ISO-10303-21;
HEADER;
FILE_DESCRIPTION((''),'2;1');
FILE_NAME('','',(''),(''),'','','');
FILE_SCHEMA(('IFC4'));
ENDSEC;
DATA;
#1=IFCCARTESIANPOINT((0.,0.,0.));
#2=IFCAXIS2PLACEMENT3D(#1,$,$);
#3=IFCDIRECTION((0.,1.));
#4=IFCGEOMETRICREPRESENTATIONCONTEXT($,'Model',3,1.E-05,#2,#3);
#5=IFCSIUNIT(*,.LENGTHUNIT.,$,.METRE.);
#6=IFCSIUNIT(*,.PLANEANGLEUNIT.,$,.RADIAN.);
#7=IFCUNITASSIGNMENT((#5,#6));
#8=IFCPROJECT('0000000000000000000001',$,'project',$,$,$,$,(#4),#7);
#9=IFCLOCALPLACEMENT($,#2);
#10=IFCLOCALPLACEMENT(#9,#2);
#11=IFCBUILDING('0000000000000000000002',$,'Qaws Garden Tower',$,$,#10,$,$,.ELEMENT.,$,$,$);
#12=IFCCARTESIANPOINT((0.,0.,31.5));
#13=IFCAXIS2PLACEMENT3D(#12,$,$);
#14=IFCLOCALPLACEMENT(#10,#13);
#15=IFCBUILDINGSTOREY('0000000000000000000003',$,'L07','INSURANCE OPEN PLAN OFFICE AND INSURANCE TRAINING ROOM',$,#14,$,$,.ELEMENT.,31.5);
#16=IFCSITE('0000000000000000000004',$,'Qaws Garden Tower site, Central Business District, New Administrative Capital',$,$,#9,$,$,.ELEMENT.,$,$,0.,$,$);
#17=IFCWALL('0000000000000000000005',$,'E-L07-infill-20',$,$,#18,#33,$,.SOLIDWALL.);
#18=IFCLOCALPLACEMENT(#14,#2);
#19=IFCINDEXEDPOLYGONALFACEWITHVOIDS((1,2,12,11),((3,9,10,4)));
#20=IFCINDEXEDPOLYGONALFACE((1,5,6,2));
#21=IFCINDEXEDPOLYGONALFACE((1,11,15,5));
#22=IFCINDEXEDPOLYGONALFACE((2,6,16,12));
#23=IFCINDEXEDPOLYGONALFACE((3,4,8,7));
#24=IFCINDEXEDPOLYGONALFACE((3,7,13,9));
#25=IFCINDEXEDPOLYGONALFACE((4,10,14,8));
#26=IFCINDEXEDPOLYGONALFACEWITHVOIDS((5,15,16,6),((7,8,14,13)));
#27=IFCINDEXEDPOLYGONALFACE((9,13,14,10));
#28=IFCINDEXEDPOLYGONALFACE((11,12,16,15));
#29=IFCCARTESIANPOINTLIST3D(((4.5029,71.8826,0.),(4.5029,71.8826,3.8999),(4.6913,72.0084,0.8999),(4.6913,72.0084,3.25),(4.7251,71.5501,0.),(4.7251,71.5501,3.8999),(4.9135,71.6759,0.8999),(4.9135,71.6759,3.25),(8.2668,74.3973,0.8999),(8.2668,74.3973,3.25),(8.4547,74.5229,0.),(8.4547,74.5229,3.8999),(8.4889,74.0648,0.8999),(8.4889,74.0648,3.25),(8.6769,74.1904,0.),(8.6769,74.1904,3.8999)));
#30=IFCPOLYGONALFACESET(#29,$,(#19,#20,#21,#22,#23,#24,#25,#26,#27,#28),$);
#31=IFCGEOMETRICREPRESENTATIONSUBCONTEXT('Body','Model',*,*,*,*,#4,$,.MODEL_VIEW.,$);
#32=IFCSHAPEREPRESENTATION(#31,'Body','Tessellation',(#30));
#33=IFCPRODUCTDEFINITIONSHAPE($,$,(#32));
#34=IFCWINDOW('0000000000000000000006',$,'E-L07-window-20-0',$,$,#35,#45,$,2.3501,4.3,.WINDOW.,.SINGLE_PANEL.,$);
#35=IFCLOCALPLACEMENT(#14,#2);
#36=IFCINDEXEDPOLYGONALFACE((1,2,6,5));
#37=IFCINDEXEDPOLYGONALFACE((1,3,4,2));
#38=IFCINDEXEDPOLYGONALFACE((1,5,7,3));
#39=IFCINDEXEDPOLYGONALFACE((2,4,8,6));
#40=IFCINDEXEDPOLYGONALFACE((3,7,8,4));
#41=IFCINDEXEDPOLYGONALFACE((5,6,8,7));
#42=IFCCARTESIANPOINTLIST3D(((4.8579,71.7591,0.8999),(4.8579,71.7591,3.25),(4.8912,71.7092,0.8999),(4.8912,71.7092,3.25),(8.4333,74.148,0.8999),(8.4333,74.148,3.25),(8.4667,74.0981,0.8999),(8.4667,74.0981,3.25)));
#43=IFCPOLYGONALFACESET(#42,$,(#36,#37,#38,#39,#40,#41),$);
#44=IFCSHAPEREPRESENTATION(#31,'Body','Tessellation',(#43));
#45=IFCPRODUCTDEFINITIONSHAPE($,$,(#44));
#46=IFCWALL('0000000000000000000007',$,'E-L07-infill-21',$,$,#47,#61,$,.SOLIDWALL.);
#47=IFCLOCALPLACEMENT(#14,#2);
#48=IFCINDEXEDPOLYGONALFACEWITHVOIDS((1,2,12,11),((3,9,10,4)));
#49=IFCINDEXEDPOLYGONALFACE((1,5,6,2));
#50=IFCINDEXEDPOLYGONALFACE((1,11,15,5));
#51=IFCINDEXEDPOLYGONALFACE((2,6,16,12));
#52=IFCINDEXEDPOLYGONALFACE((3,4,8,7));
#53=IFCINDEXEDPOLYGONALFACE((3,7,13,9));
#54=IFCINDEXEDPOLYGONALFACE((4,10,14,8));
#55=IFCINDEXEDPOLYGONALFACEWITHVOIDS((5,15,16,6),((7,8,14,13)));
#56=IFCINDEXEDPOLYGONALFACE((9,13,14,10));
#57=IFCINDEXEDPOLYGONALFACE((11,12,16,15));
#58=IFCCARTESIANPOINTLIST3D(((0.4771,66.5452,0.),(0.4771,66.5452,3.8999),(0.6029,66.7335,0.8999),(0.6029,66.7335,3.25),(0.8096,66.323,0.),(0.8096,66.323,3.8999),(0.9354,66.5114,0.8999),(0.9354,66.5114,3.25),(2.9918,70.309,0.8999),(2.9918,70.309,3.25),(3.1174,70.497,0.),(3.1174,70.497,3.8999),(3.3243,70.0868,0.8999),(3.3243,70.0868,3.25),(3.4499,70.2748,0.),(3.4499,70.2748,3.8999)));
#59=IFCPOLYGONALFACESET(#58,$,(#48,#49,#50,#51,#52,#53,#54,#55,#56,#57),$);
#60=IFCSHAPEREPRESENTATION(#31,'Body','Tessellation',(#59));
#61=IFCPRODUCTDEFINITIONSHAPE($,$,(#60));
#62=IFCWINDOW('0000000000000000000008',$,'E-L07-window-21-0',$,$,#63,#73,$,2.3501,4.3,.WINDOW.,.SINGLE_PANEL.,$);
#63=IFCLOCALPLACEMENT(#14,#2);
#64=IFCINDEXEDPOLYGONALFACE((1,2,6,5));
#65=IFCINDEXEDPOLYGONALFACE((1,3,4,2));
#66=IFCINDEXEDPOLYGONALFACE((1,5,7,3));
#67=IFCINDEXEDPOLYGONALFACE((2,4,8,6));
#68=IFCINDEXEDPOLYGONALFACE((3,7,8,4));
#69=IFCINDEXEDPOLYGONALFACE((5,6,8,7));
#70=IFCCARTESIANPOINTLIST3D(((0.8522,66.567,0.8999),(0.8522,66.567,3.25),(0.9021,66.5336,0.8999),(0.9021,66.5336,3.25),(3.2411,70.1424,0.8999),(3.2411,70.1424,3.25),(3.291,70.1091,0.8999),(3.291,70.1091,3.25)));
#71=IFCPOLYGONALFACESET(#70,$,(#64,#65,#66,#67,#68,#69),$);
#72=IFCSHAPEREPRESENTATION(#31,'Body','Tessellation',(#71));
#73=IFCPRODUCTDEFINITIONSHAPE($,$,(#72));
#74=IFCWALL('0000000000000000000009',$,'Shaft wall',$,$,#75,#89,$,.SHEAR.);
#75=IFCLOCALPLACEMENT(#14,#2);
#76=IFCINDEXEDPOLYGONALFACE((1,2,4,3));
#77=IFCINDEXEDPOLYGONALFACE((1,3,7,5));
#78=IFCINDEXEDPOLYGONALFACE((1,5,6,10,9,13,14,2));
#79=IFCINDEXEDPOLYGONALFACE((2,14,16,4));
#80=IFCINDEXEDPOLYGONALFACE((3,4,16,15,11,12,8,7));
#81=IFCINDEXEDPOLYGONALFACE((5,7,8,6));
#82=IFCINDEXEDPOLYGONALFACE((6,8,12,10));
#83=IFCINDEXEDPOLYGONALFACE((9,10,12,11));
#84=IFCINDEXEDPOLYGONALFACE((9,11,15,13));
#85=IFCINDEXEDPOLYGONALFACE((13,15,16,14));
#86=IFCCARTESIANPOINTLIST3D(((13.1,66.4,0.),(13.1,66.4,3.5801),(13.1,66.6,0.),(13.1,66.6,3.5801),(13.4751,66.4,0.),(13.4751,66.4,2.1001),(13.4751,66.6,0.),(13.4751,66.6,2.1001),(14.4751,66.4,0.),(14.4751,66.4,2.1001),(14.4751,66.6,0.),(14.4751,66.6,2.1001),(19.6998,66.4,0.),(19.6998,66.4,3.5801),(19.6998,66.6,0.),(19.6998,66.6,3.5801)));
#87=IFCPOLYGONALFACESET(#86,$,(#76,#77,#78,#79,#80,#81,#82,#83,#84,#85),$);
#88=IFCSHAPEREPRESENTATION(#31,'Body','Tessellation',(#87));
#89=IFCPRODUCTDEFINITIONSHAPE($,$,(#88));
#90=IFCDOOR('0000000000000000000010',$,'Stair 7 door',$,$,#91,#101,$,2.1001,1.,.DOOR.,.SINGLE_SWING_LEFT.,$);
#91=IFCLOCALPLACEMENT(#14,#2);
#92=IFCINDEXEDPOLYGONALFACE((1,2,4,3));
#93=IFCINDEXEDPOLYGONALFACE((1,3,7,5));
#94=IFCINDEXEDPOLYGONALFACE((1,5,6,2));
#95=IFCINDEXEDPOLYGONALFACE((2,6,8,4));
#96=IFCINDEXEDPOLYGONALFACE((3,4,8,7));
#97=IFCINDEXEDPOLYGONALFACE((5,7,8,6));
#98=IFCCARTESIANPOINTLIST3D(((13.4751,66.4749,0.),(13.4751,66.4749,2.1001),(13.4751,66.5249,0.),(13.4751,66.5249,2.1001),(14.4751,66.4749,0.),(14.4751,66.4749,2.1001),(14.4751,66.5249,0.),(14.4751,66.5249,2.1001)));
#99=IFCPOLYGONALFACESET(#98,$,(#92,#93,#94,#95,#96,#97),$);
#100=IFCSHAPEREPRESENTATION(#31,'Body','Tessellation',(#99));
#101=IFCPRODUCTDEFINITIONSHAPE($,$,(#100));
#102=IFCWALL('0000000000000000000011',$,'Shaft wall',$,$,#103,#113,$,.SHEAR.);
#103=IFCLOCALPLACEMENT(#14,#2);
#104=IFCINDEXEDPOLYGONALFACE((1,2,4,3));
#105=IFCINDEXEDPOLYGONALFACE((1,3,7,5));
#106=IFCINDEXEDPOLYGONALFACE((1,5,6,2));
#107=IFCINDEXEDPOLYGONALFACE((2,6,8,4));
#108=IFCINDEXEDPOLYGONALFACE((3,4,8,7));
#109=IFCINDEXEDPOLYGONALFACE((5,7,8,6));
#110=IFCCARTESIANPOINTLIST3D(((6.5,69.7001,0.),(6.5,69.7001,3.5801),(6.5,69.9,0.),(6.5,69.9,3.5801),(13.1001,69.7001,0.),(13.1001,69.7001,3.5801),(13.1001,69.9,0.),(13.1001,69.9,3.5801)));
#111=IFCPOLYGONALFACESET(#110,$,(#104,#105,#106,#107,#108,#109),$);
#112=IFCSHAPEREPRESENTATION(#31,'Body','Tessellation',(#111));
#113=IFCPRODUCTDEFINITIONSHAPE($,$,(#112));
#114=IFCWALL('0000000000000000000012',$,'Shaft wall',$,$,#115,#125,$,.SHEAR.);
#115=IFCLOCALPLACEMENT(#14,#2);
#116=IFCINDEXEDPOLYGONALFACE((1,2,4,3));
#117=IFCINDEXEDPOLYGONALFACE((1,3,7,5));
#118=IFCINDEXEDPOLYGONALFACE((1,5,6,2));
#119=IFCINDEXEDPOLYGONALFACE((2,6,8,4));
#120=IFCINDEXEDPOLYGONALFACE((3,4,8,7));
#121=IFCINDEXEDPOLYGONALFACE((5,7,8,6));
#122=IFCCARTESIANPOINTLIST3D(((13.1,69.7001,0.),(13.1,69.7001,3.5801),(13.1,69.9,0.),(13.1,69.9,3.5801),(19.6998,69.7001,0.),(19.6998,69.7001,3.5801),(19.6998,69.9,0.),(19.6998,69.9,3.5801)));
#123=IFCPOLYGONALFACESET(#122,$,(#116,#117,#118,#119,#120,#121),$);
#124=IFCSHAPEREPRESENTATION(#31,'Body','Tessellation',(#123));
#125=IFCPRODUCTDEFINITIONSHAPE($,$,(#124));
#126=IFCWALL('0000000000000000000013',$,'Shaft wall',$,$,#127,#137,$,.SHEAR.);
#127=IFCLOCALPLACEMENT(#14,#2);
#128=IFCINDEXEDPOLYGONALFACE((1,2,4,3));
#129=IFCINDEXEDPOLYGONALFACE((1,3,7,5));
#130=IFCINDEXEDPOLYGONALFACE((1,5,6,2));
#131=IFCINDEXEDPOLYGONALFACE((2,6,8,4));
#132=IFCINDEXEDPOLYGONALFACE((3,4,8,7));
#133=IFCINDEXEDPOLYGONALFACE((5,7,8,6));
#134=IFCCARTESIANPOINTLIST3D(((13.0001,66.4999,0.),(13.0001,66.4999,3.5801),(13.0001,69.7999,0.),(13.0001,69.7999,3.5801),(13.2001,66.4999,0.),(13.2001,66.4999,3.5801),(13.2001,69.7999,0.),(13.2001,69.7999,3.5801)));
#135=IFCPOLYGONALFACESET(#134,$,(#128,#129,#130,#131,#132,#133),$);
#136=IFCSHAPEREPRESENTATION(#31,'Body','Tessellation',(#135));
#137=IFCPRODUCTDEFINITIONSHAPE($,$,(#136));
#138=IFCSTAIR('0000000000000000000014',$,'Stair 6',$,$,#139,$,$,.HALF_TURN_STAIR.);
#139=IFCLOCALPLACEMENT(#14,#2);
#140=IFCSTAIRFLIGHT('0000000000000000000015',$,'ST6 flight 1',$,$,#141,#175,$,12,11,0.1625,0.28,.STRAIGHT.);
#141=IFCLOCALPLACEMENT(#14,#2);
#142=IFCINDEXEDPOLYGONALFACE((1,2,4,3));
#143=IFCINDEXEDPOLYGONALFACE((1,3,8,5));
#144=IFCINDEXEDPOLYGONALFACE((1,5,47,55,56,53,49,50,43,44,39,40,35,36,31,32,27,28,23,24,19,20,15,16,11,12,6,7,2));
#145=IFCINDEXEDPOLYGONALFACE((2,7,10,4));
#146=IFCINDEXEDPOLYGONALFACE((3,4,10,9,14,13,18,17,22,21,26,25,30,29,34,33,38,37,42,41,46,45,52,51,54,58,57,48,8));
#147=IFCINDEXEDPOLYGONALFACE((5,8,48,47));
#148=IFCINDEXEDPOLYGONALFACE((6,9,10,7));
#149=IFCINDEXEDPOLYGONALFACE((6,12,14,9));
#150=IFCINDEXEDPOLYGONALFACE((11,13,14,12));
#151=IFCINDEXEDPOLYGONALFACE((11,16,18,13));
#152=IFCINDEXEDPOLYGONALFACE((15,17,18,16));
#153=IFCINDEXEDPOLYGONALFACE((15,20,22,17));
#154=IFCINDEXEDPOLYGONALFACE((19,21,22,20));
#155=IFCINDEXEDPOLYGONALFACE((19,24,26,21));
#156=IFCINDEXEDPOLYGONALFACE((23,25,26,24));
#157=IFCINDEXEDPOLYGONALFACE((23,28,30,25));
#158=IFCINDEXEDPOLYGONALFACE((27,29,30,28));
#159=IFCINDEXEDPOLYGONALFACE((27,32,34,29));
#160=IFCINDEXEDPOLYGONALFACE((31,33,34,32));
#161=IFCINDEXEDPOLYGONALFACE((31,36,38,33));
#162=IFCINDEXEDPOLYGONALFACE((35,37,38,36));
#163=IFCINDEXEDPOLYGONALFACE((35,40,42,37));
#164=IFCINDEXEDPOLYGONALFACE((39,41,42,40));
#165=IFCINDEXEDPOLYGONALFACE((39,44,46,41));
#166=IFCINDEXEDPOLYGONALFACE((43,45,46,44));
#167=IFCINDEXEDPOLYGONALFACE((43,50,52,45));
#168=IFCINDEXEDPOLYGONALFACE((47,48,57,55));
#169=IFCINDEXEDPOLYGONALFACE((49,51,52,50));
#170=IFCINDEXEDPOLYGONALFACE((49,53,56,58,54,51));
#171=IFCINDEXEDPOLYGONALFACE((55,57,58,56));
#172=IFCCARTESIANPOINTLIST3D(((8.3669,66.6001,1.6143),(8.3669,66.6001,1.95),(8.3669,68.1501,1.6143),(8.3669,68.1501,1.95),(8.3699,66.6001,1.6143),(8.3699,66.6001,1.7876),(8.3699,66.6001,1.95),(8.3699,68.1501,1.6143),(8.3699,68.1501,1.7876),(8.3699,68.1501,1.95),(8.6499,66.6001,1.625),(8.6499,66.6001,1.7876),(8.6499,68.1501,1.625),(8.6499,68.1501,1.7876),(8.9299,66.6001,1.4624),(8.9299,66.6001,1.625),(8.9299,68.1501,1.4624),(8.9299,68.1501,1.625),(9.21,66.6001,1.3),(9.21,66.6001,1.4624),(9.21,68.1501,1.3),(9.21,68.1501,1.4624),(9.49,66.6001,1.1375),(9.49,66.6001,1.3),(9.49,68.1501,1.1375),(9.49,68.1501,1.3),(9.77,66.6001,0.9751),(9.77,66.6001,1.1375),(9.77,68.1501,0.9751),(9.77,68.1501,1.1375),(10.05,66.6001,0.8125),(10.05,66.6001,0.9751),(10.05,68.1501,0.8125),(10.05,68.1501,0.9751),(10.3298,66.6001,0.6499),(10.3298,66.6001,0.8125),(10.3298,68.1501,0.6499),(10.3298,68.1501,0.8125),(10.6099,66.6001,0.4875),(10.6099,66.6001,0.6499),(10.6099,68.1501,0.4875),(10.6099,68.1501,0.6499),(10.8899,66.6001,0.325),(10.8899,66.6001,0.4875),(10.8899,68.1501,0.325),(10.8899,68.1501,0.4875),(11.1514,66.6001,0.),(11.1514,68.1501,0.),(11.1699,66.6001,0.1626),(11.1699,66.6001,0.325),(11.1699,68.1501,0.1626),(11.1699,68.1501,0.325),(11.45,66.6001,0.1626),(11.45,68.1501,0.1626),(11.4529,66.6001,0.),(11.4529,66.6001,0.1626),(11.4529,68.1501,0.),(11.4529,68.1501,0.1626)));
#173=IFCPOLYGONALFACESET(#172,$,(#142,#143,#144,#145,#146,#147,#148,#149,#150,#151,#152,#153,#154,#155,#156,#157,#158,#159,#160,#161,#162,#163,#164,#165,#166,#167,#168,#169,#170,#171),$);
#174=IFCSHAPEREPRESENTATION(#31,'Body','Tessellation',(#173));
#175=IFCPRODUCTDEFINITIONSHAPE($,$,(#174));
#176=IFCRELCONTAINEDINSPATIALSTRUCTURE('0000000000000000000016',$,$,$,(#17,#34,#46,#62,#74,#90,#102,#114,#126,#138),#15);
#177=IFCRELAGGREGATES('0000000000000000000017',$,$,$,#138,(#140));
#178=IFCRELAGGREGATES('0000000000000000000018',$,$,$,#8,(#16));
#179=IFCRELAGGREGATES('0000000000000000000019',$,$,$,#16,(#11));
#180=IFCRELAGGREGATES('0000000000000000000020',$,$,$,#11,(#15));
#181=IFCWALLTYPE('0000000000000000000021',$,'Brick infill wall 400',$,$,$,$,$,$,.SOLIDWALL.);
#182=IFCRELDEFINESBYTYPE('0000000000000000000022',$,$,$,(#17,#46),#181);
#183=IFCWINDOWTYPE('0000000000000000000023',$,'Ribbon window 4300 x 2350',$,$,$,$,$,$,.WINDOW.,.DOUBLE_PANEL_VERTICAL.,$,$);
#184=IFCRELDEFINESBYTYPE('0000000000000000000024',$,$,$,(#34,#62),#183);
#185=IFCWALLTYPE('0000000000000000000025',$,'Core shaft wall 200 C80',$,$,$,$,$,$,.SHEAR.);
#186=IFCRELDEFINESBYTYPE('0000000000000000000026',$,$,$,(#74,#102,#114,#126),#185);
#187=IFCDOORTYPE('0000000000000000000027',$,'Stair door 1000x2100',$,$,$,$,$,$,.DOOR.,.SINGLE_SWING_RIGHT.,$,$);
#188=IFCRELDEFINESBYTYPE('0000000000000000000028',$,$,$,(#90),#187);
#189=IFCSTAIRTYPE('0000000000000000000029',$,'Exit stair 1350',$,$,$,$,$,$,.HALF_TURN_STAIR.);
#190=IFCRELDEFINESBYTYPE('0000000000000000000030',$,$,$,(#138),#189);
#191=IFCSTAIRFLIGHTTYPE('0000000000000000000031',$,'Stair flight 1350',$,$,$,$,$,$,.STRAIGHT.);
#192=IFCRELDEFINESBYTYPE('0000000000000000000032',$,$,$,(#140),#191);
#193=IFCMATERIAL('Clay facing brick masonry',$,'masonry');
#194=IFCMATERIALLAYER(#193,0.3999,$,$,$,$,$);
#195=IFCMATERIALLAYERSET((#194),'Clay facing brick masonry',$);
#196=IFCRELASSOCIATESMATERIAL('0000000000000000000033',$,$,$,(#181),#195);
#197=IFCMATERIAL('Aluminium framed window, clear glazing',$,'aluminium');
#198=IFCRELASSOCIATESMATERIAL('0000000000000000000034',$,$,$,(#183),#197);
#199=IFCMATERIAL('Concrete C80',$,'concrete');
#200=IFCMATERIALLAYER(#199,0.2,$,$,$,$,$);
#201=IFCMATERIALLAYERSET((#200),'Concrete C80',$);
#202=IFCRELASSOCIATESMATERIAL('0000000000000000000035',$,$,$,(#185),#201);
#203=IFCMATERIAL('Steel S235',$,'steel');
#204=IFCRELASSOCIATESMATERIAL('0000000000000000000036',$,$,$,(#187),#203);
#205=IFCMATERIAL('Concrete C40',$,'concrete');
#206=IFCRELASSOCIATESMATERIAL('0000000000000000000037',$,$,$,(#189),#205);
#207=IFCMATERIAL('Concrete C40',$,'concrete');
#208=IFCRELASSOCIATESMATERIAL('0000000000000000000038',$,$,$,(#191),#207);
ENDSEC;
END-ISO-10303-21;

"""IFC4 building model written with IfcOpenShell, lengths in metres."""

from ifc_helpers import new_model, si_unit, direction, frame, frame_2d, origin, place, context, subcontext, project, spatial, polyline, rectangle, outline, extrude, material, layer, layer_set, type_object, element, fill, aggregate, save


model = new_model("IFC4")

# Units and contexts
model_context = context("Model", 3, precision=1e-05, world=origin(), true_north=direction((0.0, 1.0)))
body_context = subcontext(model_context, "Body", "Model", "MODEL_VIEW")
ifc_project = project(units=[si_unit("LENGTHUNIT", "METRE"), si_unit("PLANEANGLEUNIT", "RADIAN")], contexts=[model_context])

# Site, building, storey
site_placement = place(None, origin())
site = spatial("IfcSite", under=ifc_project, at=site_placement, Name="Qaws Garden Tower site, Central Business District, New Administrative Capital", CompositionType="ELEMENT", RefElevation=0.0)
building_placement = place(site_placement, origin())
building = spatial("IfcBuilding", under=site, at=building_placement, Name="Qaws Garden Tower", CompositionType="ELEMENT")
storey_placement = place(building_placement, frame((0.0, 0.0, 31.5)))
storey = spatial("IfcBuildingStorey", under=building, at=storey_placement, Name="L07", Description="INSURANCE OPEN PLAN OFFICE AND INSURANCE TRAINING ROOM", CompositionType="ELEMENT", Elevation=31.5)

# Walls, openings, windows
ifc_material_1 = material(Name="Clay facing brick masonry", Category="masonry")
ifc_layer_1 = layer(ifc_material_1, 0.3999)
ifc_layer_set_1 = layer_set([ifc_layer_1], Name="Clay facing brick masonry")
wall_type_1 = type_object("IfcWallType", Name="Brick infill wall 400", PredefinedType="SOLIDWALL", material=ifc_layer_set_1)
ifc_material_2 = material(Name="Aluminium framed window, clear glazing", Category="aluminium")
window_type = type_object("IfcWindowType", Name="Ribbon window 4300 x 2350", PartitioningType="DOUBLE_PANEL_VERTICAL", PredefinedType="WINDOW", material=ifc_material_2)
wall_1_placement = place(storey_placement, frame((8.5659, 74.3567, 0.0), z_axis=(0.0, 0.0, 1.0), x_axis=(-0.831489, -0.555542, 0.0)))
wall_1 = element("IfcWall", 1, at=wall_1_placement, inside=storey, type_object=wall_type_1, Name="E-L07-infill-20", PredefinedType="SOLIDWALL", context=body_context, shape_type="SweptSolid", body=[
    extrude(rectangle(XDim=4.7527, YDim=0.3999, at=frame_2d((2.3765, 0.0))), origin(), (0.0, 0.0, 1.0), 3.8999),
])
opening_1_placement = place(wall_1_placement, frame((0.2263, 0.0, 0.8999)))
opening_1 = element("IfcOpeningElement", 2, at=opening_1_placement, cuts=wall_1, PredefinedType="OPENING", context=body_context, shape_type="SweptSolid", body=[
    extrude(rectangle(XDim=4.3, YDim=2.3501, at=frame_2d((2.1499, 1.175))), frame((0.0, 0.21, 0.0), z_axis=(0.0, -1.0, 0.0), x_axis=(1.0, 0.0, 0.0)), (0.0, 0.0, 1.0), 0.4199),
])
window_1_placement = place(opening_1_placement, origin())
window_1 = element("IfcWindow", 3, at=window_1_placement, inside=storey, type_object=window_type, Name="E-L07-window-20-0", OverallHeight=2.3501, OverallWidth=4.3, PartitioningType="SINGLE_PANEL", PredefinedType="WINDOW", context=body_context, shape_type="SweptSolid", body=[
    extrude(rectangle(XDim=4.3, YDim=2.3501, at=frame_2d((2.1499, 1.175))), frame((0.0, 0.1599, 0.0), z_axis=(0.0, -1.0, 0.0), x_axis=(1.0, 0.0, 0.0)), (0.0, 0.0, 1.0), 0.0601),
])
fill(opening_1, window_1)
wall_2_placement = place(storey_placement, frame((3.2837, 70.386, 0.0), z_axis=(0.0, 0.0, 1.0), x_axis=(-0.555542, -0.831489, 0.0)))
wall_2 = element("IfcWall", 4, at=wall_2_placement, inside=storey, type_object=wall_type_1, Name="E-L07-infill-21", PredefinedType="SOLIDWALL", context=body_context, shape_type="SweptSolid", body=[
    extrude(rectangle(XDim=4.7527, YDim=0.3999, at=frame_2d((2.3765, 0.0))), origin(), (0.0, 0.0, 1.0), 3.8999),
])
opening_2_placement = place(wall_2_placement, frame((0.2263, 0.0, 0.8999)))
opening_2 = element("IfcOpeningElement", 5, at=opening_2_placement, cuts=wall_2, PredefinedType="OPENING", context=body_context, shape_type="SweptSolid", body=[
    extrude(rectangle(XDim=4.3, YDim=2.3501, at=frame_2d((2.1499, 1.175))), frame((0.0, 0.21, 0.0), z_axis=(0.0, -1.0, 0.0), x_axis=(1.0, 0.0, 0.0)), (0.0, 0.0, 1.0), 0.4199),
])
window_2_placement = place(opening_2_placement, origin())
window_2 = element("IfcWindow", 6, at=window_2_placement, inside=storey, type_object=window_type, Name="E-L07-window-21-0", OverallHeight=2.3501, OverallWidth=4.3, PartitioningType="SINGLE_PANEL", PredefinedType="WINDOW", context=body_context, shape_type="SweptSolid", body=[
    extrude(rectangle(XDim=4.3, YDim=2.3501, at=frame_2d((2.1499, 1.175))), frame((0.0, 0.1599, 0.0), z_axis=(0.0, -1.0, 0.0), x_axis=(1.0, 0.0, 0.0)), (0.0, 0.0, 1.0), 0.0601),
])
fill(opening_2, window_2)

# Wall, opening, door
ifc_material_3 = material(Name="Concrete C80", Category="concrete")
ifc_layer_2 = layer(ifc_material_3, 0.2)
ifc_layer_set_2 = layer_set([ifc_layer_2], Name="Concrete C80")
wall_type_2 = type_object("IfcWallType", Name="Core shaft wall 200 C80", PredefinedType="SHEAR", material=ifc_layer_set_2)
wall_3_placement = place(storey_placement, frame((13.1001, 66.5, 0.0), z_axis=(0.0, 0.0, 1.0), x_axis=(1.0, 0.0, 0.0)))
wall_3 = element("IfcWall", 7, at=wall_3_placement, inside=storey, type_object=wall_type_2, Name="Shaft wall", PredefinedType="SHEAR", context=body_context, shape_type="SweptSolid", body=[
    extrude(rectangle(XDim=6.5999, YDim=0.2, at=frame_2d((3.2998, 0.0))), origin(), (0.0, 0.0, 1.0), 3.5801),
])
opening_3_placement = place(wall_3_placement, frame((0.375, 0.0, 0.0)))
opening_3 = element("IfcOpeningElement", 8, at=opening_3_placement, cuts=wall_3, PredefinedType="OPENING", context=body_context, shape_type="SweptSolid", body=[
    extrude(rectangle(XDim=1.0, YDim=2.1001, at=frame_2d((0.5, 1.05))), frame((0.0, 0.1099, 0.0), z_axis=(0.0, -1.0, 0.0), x_axis=(1.0, 0.0, 0.0)), (0.0, 0.0, 1.0), 0.22),
])
ifc_material_4 = material(Name="Steel S235", Category="steel")
door_type = type_object("IfcDoorType", Name="Stair door 1000x2100", OperationType="SINGLE_SWING_RIGHT", PredefinedType="DOOR", material=ifc_material_4)
door_placement = place(opening_3_placement, origin())
door = element("IfcDoor", 9, at=door_placement, inside=storey, type_object=door_type, Name="Stair 7 door", OperationType="SINGLE_SWING_LEFT", OverallHeight=2.1001, OverallWidth=1.0, PredefinedType="DOOR", context=body_context, shape_type="SweptSolid", body=[
    extrude(rectangle(XDim=1.0, YDim=2.1001, at=frame_2d((0.5, 1.05))), frame((0.0, 0.0249, 0.0), z_axis=(0.0, -1.0, 0.0), x_axis=(1.0, 0.0, 0.0)), (0.0, 0.0, 1.0), 0.05),
])
fill(opening_3, door)

# Walls
wall_4_placement = place(storey_placement, frame((6.5, 69.8, 0.0), z_axis=(0.0, 0.0, 1.0), x_axis=(1.0, 0.0, 0.0)))
element("IfcWall", 10, at=wall_4_placement, inside=storey, type_object=wall_type_2, Name="Shaft wall", PredefinedType="SHEAR", context=body_context, shape_type="SweptSolid", body=[
    extrude(rectangle(XDim=6.6001, YDim=0.2, at=frame_2d((3.3, 0.0))), origin(), (0.0, 0.0, 1.0), 3.5801),
])
wall_5_placement = place(storey_placement, frame((13.1001, 69.8, 0.0), z_axis=(0.0, 0.0, 1.0), x_axis=(1.0, 0.0, 0.0)))
element("IfcWall", 11, at=wall_5_placement, inside=storey, type_object=wall_type_2, Name="Shaft wall", PredefinedType="SHEAR", context=body_context, shape_type="SweptSolid", body=[
    extrude(rectangle(XDim=6.5999, YDim=0.2, at=frame_2d((3.2998, 0.0))), origin(), (0.0, 0.0, 1.0), 3.5801),
])
wall_6_placement = place(storey_placement, frame((13.1001, 66.5, 0.0), z_axis=(0.0, 0.0, 1.0), x_axis=(0.0, 1.0, 0.0)))
element("IfcWall", 12, at=wall_6_placement, inside=storey, type_object=wall_type_2, Name="Shaft wall", PredefinedType="SHEAR", context=body_context, shape_type="SweptSolid", body=[
    extrude(rectangle(XDim=3.3, YDim=0.2, at=frame_2d((1.6499, 0.0))), origin(), (0.0, 0.0, 1.0), 3.5801),
])

# Stair, stair flight
ifc_material_5 = material(Name="Concrete C40", Category="concrete")
stair_type = type_object("IfcStairType", Name="Exit stair 1350", PredefinedType="HALF_TURN_STAIR", material=ifc_material_5)
placement = place(storey_placement, origin())
stair_1 = element("IfcStair", 13, at=placement, inside=storey, type_object=stair_type, Name="Stair 6", PredefinedType="HALF_TURN_STAIR")
ifc_material_6 = material(Name="Concrete C40", Category="concrete")
stair_flight_type = type_object("IfcStairFlightType", Name="Stair flight 1350", PredefinedType="STRAIGHT", material=ifc_material_6)
stair_flight_1_placement = place(storey_placement, frame((11.45, 67.375, 0.0), z_axis=(0.0, 0.0, 1.0), x_axis=(-1.0, 0.0, 0.0)))
stair_flight_1 = element("IfcStairFlight", 14, at=stair_flight_1_placement, type_object=stair_flight_type, Name="ST6 flight 1", NumberOfRisers=12, NumberOfTreads=11, PredefinedType="STRAIGHT", RiserHeight=0.1625, TreadLength=0.28, context=body_context, shape_type="SweptSolid", body=[
    extrude(outline(polyline([(-0.0029, 0.0), (-0.0029, 0.1626), (0.0, 0.1626), (0.28, 0.1626), (0.28, 0.325), (0.5601, 0.325), (0.5601, 0.4875), (0.8401, 0.4875), (0.8401, 0.6499), (1.1201, 0.6499), (1.1201, 0.8125), (1.3999, 0.8125), (1.3999, 0.9751), (1.6799, 0.9751), (1.6799, 1.1375), (1.96, 1.1375), (1.96, 1.3), (2.24, 1.3), (2.24, 1.4624), (2.52, 1.4624), (2.52, 1.625), (2.8, 1.625), (2.8, 1.7876), (3.0801, 1.7876), (3.0801, 1.95), (3.083, 1.95), (3.083, 1.6143), (3.0801, 1.6143), (0.2986, 0.0), (-0.0029, 0.0)])), frame((0.0, 0.7749, 0.0), z_axis=(0.0, -1.0, 0.0), x_axis=(1.0, 0.0, 0.0)), (0.0, 0.0, 1.0), 1.55),
])
aggregate(stair_1, [stair_flight_1])

save(model, "model.ifc")
